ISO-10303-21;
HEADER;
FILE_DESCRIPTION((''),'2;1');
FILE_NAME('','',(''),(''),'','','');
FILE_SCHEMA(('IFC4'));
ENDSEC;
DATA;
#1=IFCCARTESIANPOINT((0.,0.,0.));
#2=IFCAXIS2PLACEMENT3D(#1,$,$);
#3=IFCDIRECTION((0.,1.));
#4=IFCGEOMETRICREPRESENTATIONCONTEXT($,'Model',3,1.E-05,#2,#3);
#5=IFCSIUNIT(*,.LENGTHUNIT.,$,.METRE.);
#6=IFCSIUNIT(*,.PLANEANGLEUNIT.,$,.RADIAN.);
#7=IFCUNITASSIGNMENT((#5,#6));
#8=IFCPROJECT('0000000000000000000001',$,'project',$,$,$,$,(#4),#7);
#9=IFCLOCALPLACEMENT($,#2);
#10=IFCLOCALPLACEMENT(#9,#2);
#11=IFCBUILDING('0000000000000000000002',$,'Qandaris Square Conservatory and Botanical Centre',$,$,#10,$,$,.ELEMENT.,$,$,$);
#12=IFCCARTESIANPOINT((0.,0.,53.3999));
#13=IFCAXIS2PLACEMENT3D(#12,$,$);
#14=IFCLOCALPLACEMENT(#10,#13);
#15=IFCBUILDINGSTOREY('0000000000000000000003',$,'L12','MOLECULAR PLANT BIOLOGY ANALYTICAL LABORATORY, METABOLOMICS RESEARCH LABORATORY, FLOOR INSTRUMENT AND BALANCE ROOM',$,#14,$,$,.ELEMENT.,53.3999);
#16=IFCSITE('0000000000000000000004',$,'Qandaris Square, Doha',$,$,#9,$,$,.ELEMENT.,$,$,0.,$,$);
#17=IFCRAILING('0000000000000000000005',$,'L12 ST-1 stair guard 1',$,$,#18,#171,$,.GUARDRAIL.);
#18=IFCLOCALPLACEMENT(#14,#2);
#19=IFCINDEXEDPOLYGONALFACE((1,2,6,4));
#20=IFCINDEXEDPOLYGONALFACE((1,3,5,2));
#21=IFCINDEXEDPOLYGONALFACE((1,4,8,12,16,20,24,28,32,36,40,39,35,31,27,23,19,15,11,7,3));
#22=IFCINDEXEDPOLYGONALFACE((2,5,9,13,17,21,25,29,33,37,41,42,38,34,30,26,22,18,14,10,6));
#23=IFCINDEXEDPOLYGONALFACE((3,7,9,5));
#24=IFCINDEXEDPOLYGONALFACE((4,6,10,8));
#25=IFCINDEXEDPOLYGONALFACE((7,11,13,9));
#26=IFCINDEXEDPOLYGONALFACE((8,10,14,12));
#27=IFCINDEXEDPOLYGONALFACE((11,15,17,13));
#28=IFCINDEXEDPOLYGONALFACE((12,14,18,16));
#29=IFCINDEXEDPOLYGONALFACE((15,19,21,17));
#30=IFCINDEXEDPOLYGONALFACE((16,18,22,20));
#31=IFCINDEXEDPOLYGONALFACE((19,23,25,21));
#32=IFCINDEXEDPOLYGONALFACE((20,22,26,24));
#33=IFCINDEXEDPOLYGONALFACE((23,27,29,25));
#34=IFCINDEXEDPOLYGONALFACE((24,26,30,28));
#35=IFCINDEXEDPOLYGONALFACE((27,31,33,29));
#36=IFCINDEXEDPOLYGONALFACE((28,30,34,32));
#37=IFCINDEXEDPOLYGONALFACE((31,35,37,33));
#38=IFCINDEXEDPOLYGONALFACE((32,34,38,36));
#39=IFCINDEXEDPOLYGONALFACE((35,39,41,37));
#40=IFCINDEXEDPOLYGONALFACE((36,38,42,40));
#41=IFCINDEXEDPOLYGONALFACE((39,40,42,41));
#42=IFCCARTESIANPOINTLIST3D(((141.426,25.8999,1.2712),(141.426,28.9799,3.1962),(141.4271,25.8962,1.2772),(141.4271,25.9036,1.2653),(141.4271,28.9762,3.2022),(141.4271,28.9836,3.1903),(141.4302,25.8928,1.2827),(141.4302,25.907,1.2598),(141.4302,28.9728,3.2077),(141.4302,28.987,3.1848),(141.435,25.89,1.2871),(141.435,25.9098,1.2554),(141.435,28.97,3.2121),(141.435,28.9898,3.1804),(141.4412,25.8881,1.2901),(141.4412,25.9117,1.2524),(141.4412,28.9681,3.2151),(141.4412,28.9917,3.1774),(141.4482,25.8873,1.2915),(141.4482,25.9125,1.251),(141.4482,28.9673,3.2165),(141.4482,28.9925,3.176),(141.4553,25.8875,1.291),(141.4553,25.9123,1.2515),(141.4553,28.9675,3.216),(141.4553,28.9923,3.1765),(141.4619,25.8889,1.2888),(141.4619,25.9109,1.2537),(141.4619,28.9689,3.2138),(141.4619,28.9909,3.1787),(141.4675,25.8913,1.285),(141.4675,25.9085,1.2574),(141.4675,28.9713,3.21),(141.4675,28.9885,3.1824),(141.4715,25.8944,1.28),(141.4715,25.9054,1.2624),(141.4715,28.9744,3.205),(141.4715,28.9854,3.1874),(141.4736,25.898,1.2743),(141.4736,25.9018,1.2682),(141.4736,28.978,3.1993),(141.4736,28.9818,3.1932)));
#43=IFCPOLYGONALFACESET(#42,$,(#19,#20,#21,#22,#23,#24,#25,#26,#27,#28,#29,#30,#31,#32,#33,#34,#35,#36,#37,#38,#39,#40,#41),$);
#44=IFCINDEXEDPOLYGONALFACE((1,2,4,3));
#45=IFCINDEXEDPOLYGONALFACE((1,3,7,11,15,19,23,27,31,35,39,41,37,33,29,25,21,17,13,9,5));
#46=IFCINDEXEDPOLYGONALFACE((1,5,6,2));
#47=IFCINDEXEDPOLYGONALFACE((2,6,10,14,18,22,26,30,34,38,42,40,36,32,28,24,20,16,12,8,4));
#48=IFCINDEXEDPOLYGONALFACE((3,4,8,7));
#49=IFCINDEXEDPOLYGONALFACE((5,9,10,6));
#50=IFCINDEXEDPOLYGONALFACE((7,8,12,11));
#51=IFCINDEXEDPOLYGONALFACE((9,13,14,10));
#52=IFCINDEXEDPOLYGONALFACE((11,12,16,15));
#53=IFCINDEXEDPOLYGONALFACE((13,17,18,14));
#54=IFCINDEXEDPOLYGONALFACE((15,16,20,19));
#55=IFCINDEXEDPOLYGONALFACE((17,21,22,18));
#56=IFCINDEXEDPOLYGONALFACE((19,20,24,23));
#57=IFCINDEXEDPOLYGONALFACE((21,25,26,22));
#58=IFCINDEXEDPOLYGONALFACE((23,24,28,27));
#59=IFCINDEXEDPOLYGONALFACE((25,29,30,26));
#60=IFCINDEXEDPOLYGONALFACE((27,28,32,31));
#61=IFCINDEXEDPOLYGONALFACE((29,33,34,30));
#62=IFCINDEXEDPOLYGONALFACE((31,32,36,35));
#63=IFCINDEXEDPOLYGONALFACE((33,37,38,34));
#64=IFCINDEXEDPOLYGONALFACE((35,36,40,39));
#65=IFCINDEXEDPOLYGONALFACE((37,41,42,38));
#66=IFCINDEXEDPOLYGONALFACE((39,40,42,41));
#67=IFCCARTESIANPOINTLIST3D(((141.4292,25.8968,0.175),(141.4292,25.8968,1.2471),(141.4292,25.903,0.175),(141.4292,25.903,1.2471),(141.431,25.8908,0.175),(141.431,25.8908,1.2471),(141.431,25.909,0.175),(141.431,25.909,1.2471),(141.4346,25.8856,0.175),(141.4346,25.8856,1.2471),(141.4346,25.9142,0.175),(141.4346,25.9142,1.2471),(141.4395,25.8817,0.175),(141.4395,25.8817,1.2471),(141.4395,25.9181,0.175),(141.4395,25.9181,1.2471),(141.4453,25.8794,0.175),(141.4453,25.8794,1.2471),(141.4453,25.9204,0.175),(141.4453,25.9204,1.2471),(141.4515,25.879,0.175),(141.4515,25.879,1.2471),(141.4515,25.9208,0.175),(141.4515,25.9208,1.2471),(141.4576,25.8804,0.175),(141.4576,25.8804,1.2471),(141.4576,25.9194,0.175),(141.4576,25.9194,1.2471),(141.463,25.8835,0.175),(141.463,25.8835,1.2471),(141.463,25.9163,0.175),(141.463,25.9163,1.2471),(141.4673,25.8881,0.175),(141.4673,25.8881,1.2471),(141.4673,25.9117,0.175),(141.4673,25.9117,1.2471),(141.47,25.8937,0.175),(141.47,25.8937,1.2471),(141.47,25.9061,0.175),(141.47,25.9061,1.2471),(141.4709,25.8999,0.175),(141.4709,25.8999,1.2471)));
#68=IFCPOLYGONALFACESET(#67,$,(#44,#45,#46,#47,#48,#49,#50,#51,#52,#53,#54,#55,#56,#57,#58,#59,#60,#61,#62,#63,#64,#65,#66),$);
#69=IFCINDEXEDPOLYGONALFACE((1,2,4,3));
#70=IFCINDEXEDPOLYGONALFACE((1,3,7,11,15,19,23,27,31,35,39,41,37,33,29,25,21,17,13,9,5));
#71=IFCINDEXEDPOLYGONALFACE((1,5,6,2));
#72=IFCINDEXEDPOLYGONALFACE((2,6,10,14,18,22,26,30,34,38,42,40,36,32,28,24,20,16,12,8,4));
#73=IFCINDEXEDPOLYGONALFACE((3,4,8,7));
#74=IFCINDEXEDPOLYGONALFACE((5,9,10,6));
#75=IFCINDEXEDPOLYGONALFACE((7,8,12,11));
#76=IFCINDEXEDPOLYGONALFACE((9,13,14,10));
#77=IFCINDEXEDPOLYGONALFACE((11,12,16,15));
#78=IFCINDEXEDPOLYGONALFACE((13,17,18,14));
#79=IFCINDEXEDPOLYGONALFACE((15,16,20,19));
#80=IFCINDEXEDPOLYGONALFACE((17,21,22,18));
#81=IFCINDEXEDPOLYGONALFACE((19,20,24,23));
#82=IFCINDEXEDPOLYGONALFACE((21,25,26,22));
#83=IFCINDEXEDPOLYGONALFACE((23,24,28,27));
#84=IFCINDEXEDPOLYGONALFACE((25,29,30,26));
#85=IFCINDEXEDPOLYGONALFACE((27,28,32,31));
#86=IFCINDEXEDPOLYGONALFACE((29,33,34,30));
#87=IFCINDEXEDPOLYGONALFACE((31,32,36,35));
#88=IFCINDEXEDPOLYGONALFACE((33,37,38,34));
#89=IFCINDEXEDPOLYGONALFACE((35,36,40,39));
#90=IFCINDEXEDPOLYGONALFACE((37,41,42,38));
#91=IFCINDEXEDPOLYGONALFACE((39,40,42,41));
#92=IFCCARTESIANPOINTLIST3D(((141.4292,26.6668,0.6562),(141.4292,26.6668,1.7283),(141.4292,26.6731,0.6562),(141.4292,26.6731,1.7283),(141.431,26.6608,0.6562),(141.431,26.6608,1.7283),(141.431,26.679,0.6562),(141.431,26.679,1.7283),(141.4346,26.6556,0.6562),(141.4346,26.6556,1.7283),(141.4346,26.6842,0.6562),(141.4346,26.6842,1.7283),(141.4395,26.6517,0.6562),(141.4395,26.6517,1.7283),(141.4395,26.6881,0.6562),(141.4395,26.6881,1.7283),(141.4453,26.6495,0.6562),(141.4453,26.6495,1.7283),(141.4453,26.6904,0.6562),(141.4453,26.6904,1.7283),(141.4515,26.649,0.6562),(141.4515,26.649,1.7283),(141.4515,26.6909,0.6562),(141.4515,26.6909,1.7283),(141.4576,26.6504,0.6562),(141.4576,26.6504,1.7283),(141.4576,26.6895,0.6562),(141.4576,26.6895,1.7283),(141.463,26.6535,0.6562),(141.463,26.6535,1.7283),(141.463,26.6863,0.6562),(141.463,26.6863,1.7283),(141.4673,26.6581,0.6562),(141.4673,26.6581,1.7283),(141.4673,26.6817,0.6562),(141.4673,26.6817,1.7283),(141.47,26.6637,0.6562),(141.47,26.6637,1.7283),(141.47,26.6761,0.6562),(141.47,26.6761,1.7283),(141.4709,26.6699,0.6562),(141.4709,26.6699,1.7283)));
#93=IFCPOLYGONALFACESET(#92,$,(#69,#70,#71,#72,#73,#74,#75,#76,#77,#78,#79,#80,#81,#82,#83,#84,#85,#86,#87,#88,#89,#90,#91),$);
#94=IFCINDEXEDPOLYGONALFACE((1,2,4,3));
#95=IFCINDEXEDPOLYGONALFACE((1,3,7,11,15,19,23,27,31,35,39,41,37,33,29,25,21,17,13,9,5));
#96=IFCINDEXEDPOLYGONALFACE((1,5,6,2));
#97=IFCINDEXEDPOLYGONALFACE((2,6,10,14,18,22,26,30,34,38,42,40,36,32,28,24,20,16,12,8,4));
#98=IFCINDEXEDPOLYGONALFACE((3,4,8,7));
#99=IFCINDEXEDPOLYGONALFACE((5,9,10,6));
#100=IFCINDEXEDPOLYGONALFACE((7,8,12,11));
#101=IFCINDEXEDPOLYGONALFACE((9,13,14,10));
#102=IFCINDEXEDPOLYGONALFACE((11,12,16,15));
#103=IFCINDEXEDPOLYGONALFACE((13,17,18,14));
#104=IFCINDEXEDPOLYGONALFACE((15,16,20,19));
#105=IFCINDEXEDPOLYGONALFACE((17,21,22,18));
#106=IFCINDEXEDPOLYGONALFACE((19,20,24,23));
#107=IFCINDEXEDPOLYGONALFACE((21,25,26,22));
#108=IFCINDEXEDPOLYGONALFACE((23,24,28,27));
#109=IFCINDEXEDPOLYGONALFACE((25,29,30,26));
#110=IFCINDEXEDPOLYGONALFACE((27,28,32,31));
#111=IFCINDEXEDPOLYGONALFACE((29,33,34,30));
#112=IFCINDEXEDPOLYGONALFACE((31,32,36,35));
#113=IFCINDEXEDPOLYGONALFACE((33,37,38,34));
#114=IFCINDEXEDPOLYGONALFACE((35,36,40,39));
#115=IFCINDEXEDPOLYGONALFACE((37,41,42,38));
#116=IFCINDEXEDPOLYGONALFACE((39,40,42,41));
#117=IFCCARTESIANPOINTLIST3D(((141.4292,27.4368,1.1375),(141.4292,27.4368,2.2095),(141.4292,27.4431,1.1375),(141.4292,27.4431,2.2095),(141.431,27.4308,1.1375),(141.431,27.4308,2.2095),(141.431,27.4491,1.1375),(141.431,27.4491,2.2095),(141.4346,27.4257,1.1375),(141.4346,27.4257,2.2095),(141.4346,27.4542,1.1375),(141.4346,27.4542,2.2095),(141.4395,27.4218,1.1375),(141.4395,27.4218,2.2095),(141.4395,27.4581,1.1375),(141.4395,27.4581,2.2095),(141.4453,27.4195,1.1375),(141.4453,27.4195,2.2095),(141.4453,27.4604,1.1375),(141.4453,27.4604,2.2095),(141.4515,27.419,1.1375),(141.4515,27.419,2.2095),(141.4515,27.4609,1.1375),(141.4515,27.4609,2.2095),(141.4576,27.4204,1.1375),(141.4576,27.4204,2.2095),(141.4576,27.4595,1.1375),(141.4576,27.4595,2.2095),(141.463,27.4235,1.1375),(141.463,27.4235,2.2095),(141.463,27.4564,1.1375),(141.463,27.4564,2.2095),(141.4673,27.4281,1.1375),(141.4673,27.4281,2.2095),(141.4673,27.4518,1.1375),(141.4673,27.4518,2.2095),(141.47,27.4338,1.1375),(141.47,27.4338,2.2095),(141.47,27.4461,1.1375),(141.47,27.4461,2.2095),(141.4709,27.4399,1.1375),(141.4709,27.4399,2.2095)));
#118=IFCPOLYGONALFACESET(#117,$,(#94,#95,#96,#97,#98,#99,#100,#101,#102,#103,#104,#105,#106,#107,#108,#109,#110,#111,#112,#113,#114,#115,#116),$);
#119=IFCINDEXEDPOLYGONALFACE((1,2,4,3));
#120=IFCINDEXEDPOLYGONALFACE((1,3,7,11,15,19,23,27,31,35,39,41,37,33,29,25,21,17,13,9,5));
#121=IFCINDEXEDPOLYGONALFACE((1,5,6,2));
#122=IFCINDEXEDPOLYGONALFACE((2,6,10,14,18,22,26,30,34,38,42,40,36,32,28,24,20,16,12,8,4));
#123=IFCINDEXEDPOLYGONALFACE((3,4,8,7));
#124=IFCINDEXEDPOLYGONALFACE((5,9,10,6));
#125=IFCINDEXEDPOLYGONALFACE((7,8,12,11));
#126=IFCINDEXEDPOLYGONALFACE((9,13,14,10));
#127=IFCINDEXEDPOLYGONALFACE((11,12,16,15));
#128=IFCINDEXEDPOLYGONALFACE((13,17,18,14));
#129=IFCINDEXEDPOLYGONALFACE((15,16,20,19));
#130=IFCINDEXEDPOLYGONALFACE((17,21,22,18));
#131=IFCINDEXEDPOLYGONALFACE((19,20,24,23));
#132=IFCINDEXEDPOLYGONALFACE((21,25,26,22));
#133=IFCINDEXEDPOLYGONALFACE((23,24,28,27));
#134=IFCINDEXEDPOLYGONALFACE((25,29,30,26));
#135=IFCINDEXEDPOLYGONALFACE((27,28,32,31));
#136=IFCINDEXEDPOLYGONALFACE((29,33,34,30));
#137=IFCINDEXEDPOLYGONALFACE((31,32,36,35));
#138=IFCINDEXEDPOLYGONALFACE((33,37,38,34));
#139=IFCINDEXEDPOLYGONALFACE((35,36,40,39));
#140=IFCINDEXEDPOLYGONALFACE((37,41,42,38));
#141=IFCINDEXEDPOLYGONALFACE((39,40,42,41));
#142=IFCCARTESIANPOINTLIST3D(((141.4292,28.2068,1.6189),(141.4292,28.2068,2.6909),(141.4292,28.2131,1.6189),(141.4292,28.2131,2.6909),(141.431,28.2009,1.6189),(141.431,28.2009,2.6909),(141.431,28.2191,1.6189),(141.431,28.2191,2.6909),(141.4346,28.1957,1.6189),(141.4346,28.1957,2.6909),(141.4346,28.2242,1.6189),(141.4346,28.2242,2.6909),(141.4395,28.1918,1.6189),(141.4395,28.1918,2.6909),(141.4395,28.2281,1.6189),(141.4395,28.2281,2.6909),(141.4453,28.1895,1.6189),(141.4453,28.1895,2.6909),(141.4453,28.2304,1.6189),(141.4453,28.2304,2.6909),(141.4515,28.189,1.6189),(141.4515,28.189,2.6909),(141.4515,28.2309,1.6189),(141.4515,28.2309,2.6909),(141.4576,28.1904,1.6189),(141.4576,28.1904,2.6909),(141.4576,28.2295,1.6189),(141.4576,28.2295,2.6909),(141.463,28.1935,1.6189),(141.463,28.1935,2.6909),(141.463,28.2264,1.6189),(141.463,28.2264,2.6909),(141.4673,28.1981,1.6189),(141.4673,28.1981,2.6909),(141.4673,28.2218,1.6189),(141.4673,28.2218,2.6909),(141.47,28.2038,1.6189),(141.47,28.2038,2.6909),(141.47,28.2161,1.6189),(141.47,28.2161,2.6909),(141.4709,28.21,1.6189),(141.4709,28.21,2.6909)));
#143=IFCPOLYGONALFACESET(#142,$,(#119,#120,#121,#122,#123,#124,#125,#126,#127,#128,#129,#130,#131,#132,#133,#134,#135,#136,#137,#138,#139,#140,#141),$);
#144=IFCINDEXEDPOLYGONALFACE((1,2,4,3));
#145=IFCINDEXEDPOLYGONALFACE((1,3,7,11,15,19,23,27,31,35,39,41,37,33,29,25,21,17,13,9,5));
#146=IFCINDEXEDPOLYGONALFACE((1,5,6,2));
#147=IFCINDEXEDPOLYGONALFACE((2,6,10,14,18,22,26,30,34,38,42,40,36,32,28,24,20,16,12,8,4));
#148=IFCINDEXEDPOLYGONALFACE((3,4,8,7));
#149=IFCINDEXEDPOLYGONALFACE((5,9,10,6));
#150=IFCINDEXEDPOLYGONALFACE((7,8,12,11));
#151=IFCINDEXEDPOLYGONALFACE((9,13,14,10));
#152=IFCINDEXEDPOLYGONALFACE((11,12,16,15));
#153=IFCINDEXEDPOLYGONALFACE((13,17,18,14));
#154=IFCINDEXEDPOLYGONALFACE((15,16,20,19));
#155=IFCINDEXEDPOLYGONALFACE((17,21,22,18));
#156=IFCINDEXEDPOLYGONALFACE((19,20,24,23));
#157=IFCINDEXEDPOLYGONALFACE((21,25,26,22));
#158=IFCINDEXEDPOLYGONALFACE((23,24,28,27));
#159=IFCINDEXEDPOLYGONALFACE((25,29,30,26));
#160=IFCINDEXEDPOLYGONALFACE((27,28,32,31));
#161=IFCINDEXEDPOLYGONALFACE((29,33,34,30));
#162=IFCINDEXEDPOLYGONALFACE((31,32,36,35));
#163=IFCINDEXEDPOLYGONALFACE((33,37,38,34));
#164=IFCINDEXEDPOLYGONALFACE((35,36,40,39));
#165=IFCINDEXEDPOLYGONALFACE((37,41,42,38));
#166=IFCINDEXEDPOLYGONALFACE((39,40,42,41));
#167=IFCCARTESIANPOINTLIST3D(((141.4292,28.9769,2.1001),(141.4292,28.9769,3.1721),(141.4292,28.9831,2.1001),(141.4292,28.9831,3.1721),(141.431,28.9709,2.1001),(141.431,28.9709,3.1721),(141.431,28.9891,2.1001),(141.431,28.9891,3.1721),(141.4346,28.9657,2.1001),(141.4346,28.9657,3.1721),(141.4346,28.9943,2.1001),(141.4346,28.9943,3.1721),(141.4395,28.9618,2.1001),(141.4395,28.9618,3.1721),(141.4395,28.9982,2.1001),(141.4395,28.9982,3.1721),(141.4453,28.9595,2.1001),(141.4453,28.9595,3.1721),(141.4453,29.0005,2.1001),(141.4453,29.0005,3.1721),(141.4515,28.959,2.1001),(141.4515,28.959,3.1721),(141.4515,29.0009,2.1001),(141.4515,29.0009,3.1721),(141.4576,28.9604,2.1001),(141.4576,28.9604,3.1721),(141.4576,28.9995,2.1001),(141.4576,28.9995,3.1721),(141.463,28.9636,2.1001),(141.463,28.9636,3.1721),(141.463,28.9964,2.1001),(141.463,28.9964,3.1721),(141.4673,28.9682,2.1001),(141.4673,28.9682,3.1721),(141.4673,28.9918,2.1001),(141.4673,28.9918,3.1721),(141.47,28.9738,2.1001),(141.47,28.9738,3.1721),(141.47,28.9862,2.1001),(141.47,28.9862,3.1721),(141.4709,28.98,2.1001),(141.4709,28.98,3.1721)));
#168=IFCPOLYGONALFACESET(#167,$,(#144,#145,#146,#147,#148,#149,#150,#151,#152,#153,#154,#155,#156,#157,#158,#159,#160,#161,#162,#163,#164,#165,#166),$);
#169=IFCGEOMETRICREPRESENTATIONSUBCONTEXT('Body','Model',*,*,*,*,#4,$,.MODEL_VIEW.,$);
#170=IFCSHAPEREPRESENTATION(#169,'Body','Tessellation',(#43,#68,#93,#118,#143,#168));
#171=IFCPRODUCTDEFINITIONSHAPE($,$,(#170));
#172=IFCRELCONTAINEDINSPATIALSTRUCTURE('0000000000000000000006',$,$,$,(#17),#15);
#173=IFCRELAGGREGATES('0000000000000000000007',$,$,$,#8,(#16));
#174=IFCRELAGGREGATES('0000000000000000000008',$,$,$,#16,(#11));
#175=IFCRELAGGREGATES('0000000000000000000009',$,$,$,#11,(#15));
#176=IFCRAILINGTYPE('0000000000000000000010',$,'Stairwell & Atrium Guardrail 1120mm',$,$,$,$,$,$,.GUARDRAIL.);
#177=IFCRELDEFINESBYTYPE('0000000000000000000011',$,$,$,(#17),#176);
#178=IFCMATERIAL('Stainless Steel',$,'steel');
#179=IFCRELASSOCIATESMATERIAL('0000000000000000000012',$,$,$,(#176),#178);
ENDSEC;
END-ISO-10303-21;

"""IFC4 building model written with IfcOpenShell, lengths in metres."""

from ifc_helpers import new_model, si_unit, direction, frame, origin, origin_2d, place, context, subcontext, project, spatial, circle, extrude, material, type_object, element, save


model = new_model("IFC4")

# Units and contexts
model_context = context("Model", 3, precision=1e-05, world=origin(), true_north=direction((0.0, 1.0)))
body_context = subcontext(model_context, "Body", "Model", "MODEL_VIEW")
ifc_project = project(units=[si_unit("LENGTHUNIT", "METRE"), si_unit("PLANEANGLEUNIT", "RADIAN")], contexts=[model_context])

# Site, building, storey
site_placement = place(None, origin())
site = spatial("IfcSite", under=ifc_project, at=site_placement, Name="Qandaris Square, Doha", CompositionType="ELEMENT", RefElevation=0.0)
building_placement = place(site_placement, origin())
building = spatial("IfcBuilding", under=site, at=building_placement, Name="Qandaris Square Conservatory and Botanical Centre", CompositionType="ELEMENT")
storey_placement = place(building_placement, frame((0.0, 0.0, 53.3999)))
storey = spatial("IfcBuildingStorey", under=building, at=storey_placement, Name="L12", Description="MOLECULAR PLANT BIOLOGY ANALYTICAL LABORATORY, METABOLOMICS RESEARCH LABORATORY, FLOOR INSTRUMENT AND BALANCE ROOM", CompositionType="ELEMENT", Elevation=53.3999)

# Railing
ifc_material_1 = material(Name="Stainless Steel", Category="steel")
railing_type_1 = type_object("IfcRailingType", Name="Stairwell & Atrium Guardrail 1120mm", PredefinedType="GUARDRAIL", material=ifc_material_1)
railing_1_placement = place(storey_placement, frame((141.45, 25.8999, 0.175)))
element("IfcRailing", 1, at=railing_1_placement, inside=storey, type_object=railing_type_1, Name="L12 ST-1 stair guard 1", PredefinedType="GUARDRAIL", context=body_context, shape_type="SweptSolid", body=[
    extrude(circle(Radius=0.0239, at=origin_2d()), frame((0.0, 0.0, 1.0962), z_axis=(0.0, 0.847998, 0.529999), x_axis=(-1.0, 0.0, 0.0)), (0.0, 0.0, 1.0), 3.6321),
    extrude(circle(Radius=0.021, at=origin_2d()), origin(), (0.0, 0.0, 1.0), 1.072),
    extrude(circle(Radius=0.021, at=origin_2d()), frame((0.0, 0.77, 0.4812)), (0.0, 0.0, 1.0), 1.072),
    extrude(circle(Radius=0.021, at=origin_2d()), frame((0.0, 1.54, 0.9624)), (0.0, 0.0, 1.0), 1.072),
    extrude(circle(Radius=0.021, at=origin_2d()), frame((0.0, 2.3101, 1.4438)), (0.0, 0.0, 1.0), 1.072),
    extrude(circle(Radius=0.021, at=origin_2d()), frame((0.0, 3.0801, 1.925)), (0.0, 0.0, 1.0), 1.072),
])

save(model, "model.ifc")
